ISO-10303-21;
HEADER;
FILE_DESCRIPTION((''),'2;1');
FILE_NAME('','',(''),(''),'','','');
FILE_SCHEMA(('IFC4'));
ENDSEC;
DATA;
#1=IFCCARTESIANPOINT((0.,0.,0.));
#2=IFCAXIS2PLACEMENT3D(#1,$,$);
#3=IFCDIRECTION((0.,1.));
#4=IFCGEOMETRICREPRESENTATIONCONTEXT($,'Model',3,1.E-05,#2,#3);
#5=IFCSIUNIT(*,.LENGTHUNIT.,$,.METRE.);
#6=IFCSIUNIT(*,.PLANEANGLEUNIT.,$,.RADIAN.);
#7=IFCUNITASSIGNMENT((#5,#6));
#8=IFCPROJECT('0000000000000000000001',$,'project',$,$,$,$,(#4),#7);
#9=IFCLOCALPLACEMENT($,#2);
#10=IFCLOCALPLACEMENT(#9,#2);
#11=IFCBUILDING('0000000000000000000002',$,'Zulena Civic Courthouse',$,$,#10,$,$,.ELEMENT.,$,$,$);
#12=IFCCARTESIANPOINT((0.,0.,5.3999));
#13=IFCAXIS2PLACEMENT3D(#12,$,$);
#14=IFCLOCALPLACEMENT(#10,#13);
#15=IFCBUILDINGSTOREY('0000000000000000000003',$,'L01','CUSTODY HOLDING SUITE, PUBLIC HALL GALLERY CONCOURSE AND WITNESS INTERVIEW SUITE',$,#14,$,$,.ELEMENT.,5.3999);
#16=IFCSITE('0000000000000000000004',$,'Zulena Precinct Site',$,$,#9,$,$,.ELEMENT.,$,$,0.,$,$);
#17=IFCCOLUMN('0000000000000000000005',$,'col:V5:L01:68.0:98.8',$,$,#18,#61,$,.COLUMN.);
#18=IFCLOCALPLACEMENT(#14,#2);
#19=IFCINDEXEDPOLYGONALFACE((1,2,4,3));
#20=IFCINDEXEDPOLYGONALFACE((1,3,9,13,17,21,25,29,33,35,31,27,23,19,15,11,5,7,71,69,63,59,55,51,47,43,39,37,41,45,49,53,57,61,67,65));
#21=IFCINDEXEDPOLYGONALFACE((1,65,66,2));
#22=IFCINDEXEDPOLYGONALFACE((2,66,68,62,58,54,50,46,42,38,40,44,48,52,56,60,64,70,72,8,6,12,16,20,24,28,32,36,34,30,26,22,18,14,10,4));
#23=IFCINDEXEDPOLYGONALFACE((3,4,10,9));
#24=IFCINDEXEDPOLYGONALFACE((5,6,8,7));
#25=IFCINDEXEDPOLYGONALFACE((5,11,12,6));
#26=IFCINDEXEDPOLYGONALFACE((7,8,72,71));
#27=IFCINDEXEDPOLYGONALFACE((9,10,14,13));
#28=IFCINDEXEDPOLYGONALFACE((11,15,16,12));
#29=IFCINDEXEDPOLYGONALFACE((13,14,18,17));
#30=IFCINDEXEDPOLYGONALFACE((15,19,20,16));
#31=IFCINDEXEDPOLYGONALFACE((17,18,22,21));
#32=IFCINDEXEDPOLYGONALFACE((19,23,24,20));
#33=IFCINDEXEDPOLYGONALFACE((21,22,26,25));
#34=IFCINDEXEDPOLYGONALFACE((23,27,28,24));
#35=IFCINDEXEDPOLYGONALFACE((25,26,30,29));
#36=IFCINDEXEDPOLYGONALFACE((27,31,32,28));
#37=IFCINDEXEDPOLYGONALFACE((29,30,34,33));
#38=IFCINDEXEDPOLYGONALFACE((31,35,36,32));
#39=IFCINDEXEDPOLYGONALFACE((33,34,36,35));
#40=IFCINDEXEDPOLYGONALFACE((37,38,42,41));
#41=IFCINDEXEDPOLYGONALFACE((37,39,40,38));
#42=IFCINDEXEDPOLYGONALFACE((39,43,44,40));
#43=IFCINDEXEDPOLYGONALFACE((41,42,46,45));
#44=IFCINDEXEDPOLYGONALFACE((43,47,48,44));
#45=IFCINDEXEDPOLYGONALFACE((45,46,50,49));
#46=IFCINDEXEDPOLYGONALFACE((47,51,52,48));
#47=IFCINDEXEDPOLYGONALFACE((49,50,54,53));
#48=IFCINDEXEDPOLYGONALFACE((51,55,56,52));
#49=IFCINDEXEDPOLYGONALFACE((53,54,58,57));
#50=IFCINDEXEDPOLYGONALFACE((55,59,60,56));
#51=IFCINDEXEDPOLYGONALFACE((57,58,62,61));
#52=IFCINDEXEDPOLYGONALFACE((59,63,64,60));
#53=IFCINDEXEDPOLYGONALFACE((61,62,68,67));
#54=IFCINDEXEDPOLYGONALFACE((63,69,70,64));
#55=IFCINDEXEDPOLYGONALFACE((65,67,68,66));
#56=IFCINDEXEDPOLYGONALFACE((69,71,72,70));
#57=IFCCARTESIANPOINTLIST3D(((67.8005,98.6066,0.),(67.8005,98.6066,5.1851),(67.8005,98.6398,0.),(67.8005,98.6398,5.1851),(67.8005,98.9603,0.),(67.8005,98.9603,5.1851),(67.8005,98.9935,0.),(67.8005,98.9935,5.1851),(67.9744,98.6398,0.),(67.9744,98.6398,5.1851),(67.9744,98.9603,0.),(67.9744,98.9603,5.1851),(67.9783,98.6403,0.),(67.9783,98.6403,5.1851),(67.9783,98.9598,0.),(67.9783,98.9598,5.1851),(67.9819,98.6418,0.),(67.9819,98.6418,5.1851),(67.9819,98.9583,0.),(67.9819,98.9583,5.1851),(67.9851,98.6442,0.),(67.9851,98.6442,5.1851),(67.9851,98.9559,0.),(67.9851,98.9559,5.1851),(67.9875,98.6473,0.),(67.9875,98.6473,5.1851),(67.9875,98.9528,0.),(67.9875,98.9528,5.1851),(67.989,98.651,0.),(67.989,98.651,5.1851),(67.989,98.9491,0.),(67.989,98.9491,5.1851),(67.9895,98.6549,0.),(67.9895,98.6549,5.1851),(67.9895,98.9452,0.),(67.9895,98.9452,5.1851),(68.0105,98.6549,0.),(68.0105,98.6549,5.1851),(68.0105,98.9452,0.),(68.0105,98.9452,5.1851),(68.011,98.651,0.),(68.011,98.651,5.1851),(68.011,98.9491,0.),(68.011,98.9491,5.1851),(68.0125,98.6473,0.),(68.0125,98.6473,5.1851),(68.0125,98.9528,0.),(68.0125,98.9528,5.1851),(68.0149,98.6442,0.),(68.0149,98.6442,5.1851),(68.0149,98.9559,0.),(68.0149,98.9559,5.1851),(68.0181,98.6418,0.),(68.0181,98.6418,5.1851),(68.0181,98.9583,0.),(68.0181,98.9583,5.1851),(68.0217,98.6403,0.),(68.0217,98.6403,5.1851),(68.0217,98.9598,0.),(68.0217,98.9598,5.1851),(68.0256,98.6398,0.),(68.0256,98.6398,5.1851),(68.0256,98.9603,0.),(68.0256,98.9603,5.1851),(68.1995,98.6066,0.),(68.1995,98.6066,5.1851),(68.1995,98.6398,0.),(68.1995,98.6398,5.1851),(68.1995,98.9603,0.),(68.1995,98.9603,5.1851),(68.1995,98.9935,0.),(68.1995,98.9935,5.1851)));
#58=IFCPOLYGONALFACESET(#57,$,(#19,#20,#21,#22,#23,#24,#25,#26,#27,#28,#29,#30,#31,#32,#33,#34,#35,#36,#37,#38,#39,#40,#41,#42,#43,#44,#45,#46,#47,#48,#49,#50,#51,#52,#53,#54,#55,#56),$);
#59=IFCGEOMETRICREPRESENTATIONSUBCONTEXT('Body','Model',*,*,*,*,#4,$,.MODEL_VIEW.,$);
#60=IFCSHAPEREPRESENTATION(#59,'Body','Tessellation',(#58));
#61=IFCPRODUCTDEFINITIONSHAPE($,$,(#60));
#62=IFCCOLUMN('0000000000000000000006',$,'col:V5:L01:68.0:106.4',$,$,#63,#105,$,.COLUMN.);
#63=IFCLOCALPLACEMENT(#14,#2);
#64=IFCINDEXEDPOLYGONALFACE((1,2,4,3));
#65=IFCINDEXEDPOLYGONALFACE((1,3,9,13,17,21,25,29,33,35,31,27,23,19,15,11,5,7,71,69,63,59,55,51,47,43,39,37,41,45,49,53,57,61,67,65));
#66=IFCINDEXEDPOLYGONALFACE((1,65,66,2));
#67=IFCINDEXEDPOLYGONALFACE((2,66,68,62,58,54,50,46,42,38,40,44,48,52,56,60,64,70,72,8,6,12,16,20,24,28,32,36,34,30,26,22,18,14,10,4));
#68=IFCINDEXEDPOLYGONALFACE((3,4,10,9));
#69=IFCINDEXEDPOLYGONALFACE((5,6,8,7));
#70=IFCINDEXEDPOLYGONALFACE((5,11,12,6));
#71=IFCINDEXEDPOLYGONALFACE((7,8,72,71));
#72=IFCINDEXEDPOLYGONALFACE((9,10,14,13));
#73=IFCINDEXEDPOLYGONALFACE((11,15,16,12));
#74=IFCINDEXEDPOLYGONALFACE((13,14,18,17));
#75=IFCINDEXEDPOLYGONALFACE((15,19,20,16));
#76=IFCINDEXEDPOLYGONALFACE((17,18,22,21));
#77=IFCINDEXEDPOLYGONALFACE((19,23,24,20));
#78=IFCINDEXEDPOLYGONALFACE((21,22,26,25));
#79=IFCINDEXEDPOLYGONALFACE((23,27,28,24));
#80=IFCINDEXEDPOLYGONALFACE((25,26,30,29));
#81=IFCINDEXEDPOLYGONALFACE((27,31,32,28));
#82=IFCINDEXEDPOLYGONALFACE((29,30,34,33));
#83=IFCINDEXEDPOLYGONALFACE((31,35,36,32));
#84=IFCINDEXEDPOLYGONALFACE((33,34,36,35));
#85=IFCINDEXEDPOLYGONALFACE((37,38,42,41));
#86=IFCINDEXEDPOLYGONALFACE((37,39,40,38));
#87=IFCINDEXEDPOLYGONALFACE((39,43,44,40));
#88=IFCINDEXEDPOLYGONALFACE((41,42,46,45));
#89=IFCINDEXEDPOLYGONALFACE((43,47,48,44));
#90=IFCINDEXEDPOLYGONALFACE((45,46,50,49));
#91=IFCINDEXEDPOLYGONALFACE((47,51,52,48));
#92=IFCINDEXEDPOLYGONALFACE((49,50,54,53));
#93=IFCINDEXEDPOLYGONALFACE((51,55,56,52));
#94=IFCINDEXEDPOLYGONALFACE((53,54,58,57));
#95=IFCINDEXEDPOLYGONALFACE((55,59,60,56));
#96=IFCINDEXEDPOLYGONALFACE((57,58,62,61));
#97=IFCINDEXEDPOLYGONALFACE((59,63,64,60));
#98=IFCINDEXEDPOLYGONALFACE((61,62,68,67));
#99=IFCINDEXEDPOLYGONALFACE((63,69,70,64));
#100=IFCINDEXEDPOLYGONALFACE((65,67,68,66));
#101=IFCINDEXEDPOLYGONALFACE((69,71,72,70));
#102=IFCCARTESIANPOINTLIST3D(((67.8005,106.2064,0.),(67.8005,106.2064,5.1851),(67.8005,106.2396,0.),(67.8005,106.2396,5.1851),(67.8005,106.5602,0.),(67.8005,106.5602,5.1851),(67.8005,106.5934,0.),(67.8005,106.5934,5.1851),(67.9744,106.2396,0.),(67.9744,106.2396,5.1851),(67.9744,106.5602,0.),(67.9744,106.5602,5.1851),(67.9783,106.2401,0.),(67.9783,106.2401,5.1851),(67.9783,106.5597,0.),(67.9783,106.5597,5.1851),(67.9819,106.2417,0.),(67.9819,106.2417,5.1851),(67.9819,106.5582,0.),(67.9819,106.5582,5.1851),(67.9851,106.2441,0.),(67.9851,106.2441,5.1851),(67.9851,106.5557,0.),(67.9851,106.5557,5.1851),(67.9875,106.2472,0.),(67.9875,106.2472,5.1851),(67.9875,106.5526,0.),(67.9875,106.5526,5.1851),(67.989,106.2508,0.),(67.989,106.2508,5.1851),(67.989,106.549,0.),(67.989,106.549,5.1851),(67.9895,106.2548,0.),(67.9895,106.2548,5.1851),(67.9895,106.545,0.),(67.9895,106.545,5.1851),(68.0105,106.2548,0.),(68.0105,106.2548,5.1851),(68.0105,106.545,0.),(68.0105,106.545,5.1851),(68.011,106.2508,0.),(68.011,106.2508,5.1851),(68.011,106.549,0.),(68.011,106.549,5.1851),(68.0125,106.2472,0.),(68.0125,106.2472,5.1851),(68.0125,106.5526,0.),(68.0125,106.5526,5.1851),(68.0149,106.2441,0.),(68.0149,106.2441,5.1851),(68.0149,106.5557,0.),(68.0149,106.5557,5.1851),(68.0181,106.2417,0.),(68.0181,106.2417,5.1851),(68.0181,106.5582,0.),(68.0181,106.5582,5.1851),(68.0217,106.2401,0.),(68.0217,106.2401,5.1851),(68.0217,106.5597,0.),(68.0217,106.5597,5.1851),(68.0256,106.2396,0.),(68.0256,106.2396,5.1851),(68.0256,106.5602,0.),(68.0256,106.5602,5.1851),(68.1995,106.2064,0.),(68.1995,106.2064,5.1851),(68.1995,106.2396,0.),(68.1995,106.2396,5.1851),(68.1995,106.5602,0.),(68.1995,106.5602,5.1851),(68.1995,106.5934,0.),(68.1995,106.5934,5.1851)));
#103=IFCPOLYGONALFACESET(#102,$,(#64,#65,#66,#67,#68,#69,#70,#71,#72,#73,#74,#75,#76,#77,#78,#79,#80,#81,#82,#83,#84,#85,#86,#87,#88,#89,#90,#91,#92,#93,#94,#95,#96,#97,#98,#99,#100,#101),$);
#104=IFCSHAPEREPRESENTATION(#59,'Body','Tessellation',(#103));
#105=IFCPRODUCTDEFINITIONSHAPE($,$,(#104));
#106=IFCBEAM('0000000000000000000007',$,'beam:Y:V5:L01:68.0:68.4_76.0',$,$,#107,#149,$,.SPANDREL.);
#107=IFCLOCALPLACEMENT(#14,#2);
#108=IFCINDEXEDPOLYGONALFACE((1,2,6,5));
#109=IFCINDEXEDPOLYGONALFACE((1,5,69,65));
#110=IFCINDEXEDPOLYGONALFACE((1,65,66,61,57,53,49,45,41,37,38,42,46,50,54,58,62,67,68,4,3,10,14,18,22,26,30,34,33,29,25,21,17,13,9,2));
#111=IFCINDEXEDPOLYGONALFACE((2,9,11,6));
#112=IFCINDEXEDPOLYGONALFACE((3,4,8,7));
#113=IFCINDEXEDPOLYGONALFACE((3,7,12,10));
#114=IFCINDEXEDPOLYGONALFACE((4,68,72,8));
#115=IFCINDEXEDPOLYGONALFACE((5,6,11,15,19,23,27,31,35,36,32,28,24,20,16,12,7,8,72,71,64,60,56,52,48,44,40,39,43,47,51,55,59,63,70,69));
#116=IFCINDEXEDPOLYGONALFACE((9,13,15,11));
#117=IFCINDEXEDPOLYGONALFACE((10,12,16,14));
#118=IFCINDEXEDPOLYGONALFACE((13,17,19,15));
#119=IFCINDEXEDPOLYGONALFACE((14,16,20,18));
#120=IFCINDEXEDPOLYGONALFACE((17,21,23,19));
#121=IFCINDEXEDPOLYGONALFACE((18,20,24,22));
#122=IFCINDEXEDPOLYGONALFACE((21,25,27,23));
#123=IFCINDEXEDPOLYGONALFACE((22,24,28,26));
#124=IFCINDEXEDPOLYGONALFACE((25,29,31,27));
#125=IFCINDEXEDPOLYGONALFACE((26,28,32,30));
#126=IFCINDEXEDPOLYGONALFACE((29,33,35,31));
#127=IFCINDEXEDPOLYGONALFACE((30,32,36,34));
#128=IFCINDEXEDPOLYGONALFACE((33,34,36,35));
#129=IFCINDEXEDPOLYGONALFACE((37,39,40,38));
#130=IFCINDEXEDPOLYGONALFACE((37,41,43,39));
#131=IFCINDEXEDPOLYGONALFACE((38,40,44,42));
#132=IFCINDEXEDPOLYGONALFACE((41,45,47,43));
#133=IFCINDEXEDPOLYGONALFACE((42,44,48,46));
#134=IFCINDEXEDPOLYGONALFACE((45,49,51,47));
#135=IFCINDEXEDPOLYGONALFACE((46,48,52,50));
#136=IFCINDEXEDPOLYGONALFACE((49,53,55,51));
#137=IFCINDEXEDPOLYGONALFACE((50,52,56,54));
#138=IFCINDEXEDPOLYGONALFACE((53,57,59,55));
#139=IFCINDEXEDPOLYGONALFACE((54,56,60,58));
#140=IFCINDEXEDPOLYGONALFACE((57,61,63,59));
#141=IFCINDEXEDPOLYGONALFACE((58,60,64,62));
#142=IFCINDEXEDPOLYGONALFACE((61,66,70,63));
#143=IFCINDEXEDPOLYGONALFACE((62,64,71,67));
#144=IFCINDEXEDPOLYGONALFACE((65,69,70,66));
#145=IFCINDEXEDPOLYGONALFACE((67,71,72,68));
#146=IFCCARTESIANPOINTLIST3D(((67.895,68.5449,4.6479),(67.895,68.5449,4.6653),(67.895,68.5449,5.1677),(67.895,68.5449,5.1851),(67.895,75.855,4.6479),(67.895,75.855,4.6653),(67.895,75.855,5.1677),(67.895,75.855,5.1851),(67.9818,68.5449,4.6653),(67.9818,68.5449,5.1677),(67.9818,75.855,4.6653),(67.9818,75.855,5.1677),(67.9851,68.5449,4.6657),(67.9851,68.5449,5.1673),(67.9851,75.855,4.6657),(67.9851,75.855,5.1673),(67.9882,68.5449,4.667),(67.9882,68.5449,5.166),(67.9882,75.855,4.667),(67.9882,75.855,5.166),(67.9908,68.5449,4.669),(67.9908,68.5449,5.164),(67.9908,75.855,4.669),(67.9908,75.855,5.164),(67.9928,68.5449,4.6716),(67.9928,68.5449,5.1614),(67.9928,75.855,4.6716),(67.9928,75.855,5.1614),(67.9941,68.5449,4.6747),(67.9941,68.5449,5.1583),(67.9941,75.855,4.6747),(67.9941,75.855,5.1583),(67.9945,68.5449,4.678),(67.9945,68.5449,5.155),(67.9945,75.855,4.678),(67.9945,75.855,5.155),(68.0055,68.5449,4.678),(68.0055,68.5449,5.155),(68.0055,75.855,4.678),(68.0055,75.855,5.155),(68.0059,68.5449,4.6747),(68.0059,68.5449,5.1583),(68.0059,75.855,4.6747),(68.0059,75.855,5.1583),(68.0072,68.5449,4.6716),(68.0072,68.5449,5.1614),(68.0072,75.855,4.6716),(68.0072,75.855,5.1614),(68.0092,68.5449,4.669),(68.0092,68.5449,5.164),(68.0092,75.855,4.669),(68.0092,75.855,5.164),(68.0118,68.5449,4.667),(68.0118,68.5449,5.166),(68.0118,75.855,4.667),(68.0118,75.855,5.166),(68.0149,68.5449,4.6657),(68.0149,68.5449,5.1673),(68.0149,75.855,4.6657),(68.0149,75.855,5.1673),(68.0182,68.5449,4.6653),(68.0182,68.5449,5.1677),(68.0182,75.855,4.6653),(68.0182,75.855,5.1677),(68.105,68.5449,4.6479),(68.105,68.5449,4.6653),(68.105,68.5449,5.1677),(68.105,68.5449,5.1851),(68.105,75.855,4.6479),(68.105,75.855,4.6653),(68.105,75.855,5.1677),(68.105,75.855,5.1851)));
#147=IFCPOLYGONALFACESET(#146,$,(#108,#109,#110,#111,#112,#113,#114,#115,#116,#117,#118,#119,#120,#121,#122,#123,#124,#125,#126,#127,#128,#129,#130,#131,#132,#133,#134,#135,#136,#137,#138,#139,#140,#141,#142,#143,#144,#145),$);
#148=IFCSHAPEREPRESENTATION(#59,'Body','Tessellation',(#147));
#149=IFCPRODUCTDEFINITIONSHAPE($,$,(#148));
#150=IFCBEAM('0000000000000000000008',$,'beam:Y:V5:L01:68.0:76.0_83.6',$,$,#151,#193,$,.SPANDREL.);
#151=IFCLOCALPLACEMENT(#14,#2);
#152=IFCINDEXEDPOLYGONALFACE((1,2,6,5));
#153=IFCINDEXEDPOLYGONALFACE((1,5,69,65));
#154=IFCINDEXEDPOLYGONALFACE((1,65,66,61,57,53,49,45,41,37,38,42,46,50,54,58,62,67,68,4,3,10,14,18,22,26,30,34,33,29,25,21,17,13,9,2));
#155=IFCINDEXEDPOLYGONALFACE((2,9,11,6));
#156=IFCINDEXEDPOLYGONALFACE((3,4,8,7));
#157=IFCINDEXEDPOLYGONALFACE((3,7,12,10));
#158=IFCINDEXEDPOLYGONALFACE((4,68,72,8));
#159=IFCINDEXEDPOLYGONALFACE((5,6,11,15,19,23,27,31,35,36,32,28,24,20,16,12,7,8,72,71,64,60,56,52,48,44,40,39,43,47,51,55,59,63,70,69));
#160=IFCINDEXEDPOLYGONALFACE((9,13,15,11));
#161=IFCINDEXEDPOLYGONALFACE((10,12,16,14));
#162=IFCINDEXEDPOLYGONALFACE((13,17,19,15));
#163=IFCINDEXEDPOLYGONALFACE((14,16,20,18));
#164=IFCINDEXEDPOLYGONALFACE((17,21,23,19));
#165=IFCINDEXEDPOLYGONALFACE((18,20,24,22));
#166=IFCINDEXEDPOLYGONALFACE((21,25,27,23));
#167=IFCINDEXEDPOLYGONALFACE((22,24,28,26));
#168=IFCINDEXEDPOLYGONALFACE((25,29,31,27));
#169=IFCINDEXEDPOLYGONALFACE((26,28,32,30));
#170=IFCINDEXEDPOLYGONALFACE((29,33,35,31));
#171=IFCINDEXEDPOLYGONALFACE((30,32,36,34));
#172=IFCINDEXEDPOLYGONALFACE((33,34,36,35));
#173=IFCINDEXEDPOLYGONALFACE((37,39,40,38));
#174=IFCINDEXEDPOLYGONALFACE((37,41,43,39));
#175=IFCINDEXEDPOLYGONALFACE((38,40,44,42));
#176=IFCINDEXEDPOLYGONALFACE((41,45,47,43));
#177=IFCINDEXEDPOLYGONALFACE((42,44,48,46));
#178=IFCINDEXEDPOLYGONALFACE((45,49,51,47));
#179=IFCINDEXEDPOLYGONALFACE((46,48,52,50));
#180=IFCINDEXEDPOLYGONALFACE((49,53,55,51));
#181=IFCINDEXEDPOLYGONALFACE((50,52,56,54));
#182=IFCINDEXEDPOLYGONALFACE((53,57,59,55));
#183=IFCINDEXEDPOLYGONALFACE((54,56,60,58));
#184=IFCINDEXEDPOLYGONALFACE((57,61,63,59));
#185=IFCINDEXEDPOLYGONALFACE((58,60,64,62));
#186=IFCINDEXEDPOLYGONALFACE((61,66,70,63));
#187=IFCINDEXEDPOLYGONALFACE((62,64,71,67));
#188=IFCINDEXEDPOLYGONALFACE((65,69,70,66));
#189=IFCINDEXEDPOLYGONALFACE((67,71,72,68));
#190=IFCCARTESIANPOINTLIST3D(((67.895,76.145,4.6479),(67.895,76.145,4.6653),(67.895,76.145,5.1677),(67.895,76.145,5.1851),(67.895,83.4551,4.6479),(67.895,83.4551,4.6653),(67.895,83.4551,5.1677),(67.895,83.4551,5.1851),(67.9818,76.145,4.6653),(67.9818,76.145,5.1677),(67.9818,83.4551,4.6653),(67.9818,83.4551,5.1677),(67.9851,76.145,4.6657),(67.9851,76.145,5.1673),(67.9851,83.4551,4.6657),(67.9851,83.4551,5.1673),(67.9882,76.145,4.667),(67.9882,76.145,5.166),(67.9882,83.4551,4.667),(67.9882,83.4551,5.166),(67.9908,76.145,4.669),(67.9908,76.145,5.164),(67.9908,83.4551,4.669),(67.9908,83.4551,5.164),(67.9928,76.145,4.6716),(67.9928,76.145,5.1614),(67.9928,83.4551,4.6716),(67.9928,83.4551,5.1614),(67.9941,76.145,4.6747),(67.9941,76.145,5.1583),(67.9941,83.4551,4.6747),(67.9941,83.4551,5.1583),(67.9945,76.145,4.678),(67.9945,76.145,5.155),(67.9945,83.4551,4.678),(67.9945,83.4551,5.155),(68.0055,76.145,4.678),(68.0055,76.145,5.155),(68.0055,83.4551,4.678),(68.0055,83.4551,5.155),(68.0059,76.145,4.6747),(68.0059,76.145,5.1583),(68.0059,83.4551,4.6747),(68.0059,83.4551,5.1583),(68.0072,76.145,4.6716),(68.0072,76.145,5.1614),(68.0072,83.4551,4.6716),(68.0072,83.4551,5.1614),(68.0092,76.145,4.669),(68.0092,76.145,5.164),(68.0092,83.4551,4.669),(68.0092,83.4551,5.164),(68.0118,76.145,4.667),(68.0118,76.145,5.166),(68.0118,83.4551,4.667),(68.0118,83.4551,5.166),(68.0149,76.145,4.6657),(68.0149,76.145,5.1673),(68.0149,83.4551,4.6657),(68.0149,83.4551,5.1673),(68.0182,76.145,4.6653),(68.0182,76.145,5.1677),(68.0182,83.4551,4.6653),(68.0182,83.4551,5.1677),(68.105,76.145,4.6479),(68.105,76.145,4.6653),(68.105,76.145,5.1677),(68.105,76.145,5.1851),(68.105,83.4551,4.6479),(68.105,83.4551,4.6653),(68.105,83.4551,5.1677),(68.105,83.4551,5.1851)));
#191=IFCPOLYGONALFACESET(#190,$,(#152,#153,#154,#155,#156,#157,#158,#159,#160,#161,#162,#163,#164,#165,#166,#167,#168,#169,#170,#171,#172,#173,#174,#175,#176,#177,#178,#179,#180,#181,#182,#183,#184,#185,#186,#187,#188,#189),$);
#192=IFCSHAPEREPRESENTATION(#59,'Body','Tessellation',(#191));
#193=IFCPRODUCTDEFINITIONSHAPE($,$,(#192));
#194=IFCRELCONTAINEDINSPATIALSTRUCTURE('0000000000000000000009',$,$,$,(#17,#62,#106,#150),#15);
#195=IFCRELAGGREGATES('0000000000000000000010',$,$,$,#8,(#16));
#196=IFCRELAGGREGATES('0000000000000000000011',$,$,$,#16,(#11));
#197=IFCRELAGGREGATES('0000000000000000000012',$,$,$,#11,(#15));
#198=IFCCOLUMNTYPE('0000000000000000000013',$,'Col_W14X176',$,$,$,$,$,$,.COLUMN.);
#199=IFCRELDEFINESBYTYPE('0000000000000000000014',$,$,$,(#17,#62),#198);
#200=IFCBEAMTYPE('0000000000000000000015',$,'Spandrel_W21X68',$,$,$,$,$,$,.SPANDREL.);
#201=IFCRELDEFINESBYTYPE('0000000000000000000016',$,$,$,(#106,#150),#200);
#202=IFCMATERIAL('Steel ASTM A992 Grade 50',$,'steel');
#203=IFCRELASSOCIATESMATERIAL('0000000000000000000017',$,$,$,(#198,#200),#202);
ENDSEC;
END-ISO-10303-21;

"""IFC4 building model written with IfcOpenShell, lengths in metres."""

from ifc_helpers import new_model, si_unit, direction, frame, origin, origin_2d, place, context, subcontext, project, spatial, i_section, extrude, material, material_profile, profile_set, type_object, element, save


model = new_model("IFC4")

# Units and contexts
model_context = context("Model", 3, precision=1e-05, world=origin(), true_north=direction((0.0, 1.0)))
body_context = subcontext(model_context, "Body", "Model", "MODEL_VIEW")
ifc_project = project(units=[si_unit("LENGTHUNIT", "METRE"), si_unit("PLANEANGLEUNIT", "RADIAN")], contexts=[model_context])

# Site, building, storey
site_placement = place(None, origin())
site = spatial("IfcSite", under=ifc_project, at=site_placement, Name="Zulena Precinct Site", CompositionType="ELEMENT", RefElevation=0.0)
building_placement = place(site_placement, origin())
building = spatial("IfcBuilding", under=site, at=building_placement, Name="Zulena Civic Courthouse", CompositionType="ELEMENT")
storey_placement = place(building_placement, frame((0.0, 0.0, 5.3999)))
storey = spatial("IfcBuildingStorey", under=building, at=storey_placement, Name="L01", Description="CUSTODY HOLDING SUITE, PUBLIC HALL GALLERY CONCOURSE AND WITNESS INTERVIEW SUITE", CompositionType="ELEMENT", Elevation=5.3999)

# Columns
ifc_material_1 = material(Name="Steel ASTM A992 Grade 50", Category="steel")
ifc_material_profile_1 = material_profile(ifc_material_1, i_section(OverallWidth=0.3989, OverallDepth=0.387, WebThickness=0.021, FlangeThickness=0.0332, FilletRadius=0.0151, at=origin_2d()), Name="W14X176")
ifc_profile_set_1 = profile_set([ifc_material_profile_1], Name="Steel ASTM A992 Grade 50")
column_type = type_object("IfcColumnType", Name="Col_W14X176", PredefinedType="COLUMN", material=ifc_profile_set_1)
for number, where, z_axis, x_axis, name in (
    (1, (68.0, 98.8, 0.0), (0.0, 0.0, 1.0), (1.0, 0.0, 0.0), "col:V5:L01:68.0:98.8"),
    (2, (68.0, 106.3999, 0.0), (0.0, 0.0, 1.0), (1.0, 0.0, 0.0), "col:V5:L01:68.0:106.4"),
):
    element("IfcColumn", number, at=place(storey_placement, frame(where, z_axis=z_axis, x_axis=x_axis)), inside=storey, type_object=column_type, Name=name, PredefinedType="COLUMN", context=body_context, shape_type="SweptSolid", body=[
        extrude(i_section(OverallWidth=0.3989, OverallDepth=0.387, WebThickness=0.021, FlangeThickness=0.0332, FilletRadius=0.0151, at=origin_2d()), origin(), (0.0, 0.0, 1.0), 5.1851),
    ])

# Beams
ifc_material_profile_2 = material_profile(ifc_material_1, i_section(OverallWidth=0.21, OverallDepth=0.5371, WebThickness=0.011, FlangeThickness=0.0173, FilletRadius=0.0127, at=origin_2d()), Name="W21X68")
ifc_profile_set_2 = profile_set([ifc_material_profile_2], Name="Steel ASTM A992 Grade 50")
beam_type = type_object("IfcBeamType", Name="Spandrel_W21X68", PredefinedType="SPANDREL", material=ifc_profile_set_2)
for number, where, z_axis, x_axis, name in (
    (3, (68.0, 68.5449, 4.9165), (0.0, 1.0, 0.0), (-1.0, 0.0, 0.0), "beam:Y:V5:L01:68.0:68.4_76.0"),
    (4, (68.0, 76.145, 4.9165), (0.0, 1.0, 0.0), (-1.0, 0.0, 0.0), "beam:Y:V5:L01:68.0:76.0_83.6"),
):
    element("IfcBeam", number, at=place(storey_placement, frame(where, z_axis=z_axis, x_axis=x_axis)), inside=storey, type_object=beam_type, Name=name, PredefinedType="SPANDREL", context=body_context, shape_type="SweptSolid", body=[
        extrude(i_section(OverallWidth=0.21, OverallDepth=0.5371, WebThickness=0.011, FlangeThickness=0.0173, FilletRadius=0.0127, at=origin_2d()), origin(), (0.0, 0.0, 1.0), 7.3101),
    ])

save(model, "model.ifc")
